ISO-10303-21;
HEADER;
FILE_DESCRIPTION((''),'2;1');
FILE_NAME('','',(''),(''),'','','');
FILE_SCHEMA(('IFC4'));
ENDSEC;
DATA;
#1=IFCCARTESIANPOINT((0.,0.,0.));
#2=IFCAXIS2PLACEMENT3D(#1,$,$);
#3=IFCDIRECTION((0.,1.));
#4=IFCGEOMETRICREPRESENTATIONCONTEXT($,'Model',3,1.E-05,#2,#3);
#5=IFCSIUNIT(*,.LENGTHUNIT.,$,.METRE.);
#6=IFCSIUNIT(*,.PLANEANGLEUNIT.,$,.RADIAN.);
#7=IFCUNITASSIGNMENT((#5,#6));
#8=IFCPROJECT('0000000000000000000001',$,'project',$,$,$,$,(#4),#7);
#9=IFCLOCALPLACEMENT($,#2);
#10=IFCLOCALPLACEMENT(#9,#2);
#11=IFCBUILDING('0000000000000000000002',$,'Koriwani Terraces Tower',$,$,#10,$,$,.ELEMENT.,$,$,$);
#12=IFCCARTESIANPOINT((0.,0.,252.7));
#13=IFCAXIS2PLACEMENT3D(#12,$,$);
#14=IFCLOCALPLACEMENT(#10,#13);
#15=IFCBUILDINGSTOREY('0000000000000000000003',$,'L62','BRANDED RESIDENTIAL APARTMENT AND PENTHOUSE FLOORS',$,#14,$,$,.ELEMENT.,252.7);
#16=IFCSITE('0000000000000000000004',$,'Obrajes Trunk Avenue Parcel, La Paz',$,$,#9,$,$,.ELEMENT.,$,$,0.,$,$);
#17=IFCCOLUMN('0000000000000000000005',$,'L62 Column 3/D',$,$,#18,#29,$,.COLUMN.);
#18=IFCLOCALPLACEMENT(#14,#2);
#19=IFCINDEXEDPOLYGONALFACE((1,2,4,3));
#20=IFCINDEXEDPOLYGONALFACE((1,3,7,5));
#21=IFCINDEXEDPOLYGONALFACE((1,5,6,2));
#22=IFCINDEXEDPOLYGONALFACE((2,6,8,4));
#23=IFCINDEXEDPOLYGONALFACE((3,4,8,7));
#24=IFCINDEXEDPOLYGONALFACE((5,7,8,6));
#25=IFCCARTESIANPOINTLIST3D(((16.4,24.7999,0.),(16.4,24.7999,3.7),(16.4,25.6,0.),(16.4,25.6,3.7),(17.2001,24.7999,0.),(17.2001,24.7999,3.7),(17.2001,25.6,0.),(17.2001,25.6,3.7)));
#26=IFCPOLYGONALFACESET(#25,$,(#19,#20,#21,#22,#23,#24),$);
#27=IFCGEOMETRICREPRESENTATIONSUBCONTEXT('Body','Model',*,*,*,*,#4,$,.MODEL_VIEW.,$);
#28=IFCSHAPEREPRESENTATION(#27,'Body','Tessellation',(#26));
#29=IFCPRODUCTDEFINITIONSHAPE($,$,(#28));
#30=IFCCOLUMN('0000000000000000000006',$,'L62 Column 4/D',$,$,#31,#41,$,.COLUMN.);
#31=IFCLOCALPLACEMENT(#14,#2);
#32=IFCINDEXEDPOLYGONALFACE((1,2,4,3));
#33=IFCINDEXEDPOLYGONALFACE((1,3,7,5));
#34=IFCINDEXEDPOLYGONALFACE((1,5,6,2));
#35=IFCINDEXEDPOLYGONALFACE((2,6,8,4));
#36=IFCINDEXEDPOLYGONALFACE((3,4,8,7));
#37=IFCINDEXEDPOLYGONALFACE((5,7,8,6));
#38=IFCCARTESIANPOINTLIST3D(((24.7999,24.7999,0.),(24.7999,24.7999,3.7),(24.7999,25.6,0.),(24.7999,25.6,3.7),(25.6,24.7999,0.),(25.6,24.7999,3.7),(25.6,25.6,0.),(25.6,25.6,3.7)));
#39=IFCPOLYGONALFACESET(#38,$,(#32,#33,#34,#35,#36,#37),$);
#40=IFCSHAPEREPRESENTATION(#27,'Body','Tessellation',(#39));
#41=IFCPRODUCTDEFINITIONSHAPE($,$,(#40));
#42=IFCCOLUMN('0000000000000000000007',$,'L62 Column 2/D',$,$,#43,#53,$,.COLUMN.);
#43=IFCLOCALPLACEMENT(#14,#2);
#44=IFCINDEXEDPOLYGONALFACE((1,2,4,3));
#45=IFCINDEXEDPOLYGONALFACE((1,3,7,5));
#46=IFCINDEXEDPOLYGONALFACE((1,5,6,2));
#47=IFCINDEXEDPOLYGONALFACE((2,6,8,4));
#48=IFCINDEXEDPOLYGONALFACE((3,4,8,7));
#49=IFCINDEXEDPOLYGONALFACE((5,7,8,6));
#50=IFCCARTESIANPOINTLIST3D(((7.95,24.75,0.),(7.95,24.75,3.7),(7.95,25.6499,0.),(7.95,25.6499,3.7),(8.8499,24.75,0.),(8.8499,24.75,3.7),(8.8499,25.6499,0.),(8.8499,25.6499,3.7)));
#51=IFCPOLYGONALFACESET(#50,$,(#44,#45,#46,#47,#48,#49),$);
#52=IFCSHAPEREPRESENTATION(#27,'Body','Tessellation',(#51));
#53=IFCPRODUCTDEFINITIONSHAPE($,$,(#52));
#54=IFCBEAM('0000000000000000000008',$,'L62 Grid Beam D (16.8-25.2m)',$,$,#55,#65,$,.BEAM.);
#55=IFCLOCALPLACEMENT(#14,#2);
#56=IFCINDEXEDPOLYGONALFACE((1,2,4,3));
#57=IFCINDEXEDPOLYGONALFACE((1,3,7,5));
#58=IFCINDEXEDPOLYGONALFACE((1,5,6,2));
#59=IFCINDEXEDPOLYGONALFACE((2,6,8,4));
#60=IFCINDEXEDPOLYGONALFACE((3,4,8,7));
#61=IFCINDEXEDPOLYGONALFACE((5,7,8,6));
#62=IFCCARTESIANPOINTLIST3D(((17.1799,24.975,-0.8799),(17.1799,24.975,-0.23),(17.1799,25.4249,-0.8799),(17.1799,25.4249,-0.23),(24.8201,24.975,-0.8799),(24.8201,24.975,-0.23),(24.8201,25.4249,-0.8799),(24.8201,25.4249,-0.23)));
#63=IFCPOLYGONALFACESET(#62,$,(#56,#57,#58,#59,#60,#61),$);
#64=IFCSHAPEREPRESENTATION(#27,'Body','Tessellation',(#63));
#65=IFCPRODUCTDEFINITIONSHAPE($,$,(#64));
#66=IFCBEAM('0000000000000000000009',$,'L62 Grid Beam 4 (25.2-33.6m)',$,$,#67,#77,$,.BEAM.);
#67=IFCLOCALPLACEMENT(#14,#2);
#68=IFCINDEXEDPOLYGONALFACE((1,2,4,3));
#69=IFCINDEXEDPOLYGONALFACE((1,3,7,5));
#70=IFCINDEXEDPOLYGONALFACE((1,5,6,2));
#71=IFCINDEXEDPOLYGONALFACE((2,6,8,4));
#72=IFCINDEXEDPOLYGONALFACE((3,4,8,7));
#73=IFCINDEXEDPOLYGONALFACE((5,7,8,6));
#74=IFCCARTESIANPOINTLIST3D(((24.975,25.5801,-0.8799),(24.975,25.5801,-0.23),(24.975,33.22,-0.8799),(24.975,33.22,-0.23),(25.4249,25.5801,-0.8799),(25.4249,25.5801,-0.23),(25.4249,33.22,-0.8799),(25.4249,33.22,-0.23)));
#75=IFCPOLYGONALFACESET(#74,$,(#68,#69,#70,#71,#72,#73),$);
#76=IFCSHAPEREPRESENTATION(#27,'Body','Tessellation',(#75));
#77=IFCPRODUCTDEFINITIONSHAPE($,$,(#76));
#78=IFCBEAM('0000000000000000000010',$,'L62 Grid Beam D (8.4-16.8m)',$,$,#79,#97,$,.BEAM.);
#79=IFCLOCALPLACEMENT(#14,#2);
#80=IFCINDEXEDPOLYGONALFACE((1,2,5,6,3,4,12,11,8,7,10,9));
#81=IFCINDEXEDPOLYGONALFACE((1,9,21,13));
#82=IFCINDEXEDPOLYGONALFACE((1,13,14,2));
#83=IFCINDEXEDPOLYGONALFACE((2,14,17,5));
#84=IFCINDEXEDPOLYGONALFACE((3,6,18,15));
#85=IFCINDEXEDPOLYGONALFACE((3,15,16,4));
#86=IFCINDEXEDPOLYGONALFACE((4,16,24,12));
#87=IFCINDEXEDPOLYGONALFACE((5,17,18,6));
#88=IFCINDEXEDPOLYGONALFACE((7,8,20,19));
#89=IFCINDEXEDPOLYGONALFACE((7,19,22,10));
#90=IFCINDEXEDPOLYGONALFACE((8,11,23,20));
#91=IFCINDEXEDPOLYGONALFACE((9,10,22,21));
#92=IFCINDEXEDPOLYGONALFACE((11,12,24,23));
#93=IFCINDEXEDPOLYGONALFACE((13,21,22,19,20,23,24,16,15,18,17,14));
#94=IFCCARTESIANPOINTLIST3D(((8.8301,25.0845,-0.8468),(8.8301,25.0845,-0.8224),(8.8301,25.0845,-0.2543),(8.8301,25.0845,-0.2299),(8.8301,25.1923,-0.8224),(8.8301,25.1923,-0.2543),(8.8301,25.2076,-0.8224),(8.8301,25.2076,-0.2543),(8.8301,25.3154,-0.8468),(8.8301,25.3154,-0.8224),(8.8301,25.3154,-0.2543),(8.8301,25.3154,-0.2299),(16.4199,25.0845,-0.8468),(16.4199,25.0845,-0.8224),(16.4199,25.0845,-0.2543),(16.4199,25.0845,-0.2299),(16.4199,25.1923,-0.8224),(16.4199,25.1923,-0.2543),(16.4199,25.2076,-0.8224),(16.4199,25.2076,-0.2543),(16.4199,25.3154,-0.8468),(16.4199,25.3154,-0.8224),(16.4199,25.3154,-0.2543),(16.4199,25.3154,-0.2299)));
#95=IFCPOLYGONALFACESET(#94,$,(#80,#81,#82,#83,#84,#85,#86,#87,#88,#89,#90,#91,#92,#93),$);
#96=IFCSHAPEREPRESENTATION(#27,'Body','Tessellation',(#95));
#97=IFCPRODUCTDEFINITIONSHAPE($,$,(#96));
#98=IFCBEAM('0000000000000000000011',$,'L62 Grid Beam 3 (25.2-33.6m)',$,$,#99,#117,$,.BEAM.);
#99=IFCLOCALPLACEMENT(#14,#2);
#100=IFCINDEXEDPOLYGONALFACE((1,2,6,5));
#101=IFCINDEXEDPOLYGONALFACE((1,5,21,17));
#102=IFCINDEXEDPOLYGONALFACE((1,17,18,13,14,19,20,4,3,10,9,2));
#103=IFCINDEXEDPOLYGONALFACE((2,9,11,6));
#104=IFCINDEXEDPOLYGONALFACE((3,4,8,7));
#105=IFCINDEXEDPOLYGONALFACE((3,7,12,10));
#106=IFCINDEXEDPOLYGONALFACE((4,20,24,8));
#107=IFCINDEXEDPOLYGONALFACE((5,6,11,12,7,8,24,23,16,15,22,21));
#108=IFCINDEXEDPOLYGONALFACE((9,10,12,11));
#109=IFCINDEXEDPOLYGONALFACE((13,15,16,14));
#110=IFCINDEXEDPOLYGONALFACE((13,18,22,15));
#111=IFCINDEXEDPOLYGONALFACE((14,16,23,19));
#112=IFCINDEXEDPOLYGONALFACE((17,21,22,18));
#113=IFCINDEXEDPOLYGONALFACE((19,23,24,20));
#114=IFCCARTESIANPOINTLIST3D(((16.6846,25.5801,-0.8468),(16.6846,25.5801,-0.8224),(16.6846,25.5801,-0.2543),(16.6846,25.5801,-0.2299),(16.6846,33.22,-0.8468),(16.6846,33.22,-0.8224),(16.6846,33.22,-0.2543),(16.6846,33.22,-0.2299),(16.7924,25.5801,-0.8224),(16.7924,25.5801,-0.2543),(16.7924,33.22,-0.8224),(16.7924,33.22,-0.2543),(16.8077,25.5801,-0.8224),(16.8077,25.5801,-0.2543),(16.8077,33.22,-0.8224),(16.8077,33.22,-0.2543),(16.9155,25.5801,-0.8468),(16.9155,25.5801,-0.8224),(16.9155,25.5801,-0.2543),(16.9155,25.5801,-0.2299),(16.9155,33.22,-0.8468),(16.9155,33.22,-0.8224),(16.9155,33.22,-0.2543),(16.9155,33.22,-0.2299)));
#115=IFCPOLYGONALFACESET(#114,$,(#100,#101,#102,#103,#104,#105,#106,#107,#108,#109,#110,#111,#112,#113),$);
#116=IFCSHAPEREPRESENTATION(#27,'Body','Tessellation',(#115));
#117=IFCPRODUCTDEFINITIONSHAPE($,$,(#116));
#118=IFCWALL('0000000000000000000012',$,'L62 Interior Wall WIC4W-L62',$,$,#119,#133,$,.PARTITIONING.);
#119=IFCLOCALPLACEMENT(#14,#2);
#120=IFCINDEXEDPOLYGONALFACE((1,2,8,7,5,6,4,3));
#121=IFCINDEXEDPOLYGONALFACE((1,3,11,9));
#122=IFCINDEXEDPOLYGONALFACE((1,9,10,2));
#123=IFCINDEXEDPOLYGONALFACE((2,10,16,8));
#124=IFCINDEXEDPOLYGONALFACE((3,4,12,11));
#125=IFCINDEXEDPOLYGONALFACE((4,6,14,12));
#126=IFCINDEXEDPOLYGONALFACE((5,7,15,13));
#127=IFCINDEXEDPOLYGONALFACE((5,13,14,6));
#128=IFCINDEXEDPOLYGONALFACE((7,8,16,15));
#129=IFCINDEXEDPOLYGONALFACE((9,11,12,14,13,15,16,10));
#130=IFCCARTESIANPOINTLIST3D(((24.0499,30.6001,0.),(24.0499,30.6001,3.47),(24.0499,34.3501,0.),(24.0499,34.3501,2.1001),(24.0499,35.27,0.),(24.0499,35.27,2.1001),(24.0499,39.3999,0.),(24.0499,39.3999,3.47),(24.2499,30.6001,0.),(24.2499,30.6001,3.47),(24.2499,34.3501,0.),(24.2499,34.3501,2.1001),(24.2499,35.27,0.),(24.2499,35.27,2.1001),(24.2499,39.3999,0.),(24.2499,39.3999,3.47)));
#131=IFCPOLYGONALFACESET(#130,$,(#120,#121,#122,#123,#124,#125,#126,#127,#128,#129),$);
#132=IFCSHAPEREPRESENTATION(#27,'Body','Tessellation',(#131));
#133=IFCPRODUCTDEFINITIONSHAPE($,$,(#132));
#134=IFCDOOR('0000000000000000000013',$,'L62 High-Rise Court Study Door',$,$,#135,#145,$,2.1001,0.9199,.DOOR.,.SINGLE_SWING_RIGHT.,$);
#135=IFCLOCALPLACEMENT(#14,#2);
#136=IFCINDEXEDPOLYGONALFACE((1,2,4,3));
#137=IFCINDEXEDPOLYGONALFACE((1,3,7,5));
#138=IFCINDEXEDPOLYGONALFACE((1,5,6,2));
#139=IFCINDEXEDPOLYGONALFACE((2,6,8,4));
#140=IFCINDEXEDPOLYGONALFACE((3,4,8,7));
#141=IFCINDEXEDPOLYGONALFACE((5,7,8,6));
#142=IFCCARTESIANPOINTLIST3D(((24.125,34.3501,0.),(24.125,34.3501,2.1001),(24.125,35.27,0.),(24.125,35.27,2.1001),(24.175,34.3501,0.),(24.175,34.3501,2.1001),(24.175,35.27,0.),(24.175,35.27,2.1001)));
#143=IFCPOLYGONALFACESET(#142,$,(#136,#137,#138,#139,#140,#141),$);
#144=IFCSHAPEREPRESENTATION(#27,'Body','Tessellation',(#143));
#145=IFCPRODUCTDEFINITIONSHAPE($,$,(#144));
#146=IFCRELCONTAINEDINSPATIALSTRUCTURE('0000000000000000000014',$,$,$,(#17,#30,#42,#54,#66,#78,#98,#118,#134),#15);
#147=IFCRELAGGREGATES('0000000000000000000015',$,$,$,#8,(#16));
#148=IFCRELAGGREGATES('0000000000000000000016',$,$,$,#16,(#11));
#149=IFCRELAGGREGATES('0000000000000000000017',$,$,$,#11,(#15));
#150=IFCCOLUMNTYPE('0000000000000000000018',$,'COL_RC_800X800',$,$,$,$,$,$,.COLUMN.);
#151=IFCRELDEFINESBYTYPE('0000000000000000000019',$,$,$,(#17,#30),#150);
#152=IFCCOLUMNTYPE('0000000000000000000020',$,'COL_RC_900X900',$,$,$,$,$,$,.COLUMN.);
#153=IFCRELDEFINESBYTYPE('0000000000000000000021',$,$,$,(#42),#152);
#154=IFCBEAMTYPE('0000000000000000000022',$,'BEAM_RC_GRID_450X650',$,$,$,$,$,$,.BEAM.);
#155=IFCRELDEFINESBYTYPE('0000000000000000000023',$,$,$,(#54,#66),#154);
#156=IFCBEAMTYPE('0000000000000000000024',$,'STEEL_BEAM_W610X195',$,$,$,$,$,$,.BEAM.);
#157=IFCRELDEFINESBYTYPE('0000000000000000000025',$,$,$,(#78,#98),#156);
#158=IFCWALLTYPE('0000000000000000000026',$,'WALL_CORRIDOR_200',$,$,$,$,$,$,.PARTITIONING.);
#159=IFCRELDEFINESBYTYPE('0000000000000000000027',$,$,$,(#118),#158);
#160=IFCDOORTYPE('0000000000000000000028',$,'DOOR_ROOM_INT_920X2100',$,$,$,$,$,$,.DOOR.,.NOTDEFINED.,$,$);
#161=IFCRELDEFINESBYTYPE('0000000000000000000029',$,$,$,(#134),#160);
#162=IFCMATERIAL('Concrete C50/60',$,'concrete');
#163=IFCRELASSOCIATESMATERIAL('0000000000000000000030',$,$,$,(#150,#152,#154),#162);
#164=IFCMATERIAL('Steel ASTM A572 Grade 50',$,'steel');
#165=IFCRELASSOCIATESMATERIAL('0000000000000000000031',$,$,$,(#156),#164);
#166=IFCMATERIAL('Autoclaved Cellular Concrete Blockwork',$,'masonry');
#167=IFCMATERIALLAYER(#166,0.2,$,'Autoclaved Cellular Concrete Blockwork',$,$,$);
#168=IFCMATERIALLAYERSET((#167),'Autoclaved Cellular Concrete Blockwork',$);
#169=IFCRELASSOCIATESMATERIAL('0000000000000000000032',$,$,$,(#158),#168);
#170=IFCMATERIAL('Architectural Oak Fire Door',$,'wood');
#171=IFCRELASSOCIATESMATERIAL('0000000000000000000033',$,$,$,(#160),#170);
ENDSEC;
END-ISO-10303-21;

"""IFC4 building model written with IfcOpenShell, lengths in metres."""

from ifc_helpers import new_model, si_unit, direction, frame, frame_2d, origin, origin_2d, place, context, subcontext, project, spatial, rectangle, i_section, extrude, material, layer, layer_set, material_profile, profile_set, type_object, element, fill, save


model = new_model("IFC4")

# Units and contexts
model_context = context("Model", 3, precision=1e-05, world=origin(), true_north=direction((0.0, 1.0)))
body_context = subcontext(model_context, "Body", "Model", "MODEL_VIEW")
ifc_project = project(units=[si_unit("LENGTHUNIT", "METRE"), si_unit("PLANEANGLEUNIT", "RADIAN")], contexts=[model_context])

# Site, building, storey
site_placement = place(None, origin())
site = spatial("IfcSite", under=ifc_project, at=site_placement, Name="Obrajes Trunk Avenue Parcel, La Paz", CompositionType="ELEMENT", RefElevation=0.0)
building_placement = place(site_placement, origin())
building = spatial("IfcBuilding", under=site, at=building_placement, Name="Koriwani Terraces Tower", CompositionType="ELEMENT")
storey_placement = place(building_placement, frame((0.0, 0.0, 252.7)))
storey = spatial("IfcBuildingStorey", under=building, at=storey_placement, Name="L62", Description="BRANDED RESIDENTIAL APARTMENT AND PENTHOUSE FLOORS", CompositionType="ELEMENT", Elevation=252.7)

# Columns
ifc_material_1 = material(Name="Concrete C50/60", Category="concrete")
ifc_material_profile_1 = material_profile(ifc_material_1, rectangle(XDim=0.8, YDim=0.8, at=origin_2d()), Name="Concrete C50/60", Category="LoadBearing")
ifc_profile_set_1 = profile_set([ifc_material_profile_1], Name="Concrete C50/60")
column_type_1 = type_object("IfcColumnType", Name="COL_RC_800X800", PredefinedType="COLUMN", material=ifc_profile_set_1)
for number, where, z_axis, x_axis, name in (
    (1, (16.8, 25.2, 0.0), (0.0, 0.0, 1.0), (1.0, 0.0, 0.0), "L62 Column 3/D"),
    (2, (25.2, 25.2, 0.0), (0.0, 0.0, 1.0), (1.0, 0.0, 0.0), "L62 Column 4/D"),
):
    element("IfcColumn", number, at=place(storey_placement, frame(where, z_axis=z_axis, x_axis=x_axis)), inside=storey, type_object=column_type_1, Name=name, PredefinedType="COLUMN", context=body_context, shape_type="SweptSolid", body=[
        extrude(rectangle(XDim=0.8, YDim=0.8, at=origin_2d()), origin(), (0.0, 0.0, 1.0), 3.7),
    ])
ifc_material_profile_2 = material_profile(ifc_material_1, rectangle(XDim=0.8999, YDim=0.8999, at=origin_2d()), Name="Concrete C50/60", Category="LoadBearing")
ifc_profile_set_2 = profile_set([ifc_material_profile_2], Name="Concrete C50/60")
column_type_2 = type_object("IfcColumnType", Name="COL_RC_900X900", PredefinedType="COLUMN", material=ifc_profile_set_2)
column_placement = place(storey_placement, frame((8.3999, 25.2, 0.0), z_axis=(0.0, 0.0, 1.0), x_axis=(1.0, 0.0, 0.0)))
element("IfcColumn", 3, at=column_placement, inside=storey, type_object=column_type_2, Name="L62 Column 2/D", PredefinedType="COLUMN", context=body_context, shape_type="SweptSolid", body=[
    extrude(rectangle(XDim=0.8999, YDim=0.8999, at=origin_2d()), origin(), (0.0, 0.0, 1.0), 3.7),
])

# Beams
ifc_material_profile_3 = material_profile(ifc_material_1, rectangle(XDim=0.45, YDim=0.6499, at=origin_2d()), Name="Concrete C50/60", Category="LoadBearing")
ifc_profile_set_3 = profile_set([ifc_material_profile_3], Name="Concrete C50/60")
beam_type_1 = type_object("IfcBeamType", Name="BEAM_RC_GRID_450X650", PredefinedType="BEAM", material=ifc_profile_set_3)
beam_1_placement = place(storey_placement, frame((17.1799, 25.2, -0.5549), z_axis=(1.0, 0.0, 0.0), x_axis=(0.0, 1.0, 0.0)))
element("IfcBeam", 4, at=beam_1_placement, inside=storey, type_object=beam_type_1, Name="L62 Grid Beam D (16.8-25.2m)", PredefinedType="BEAM", context=body_context, shape_type="SweptSolid", body=[
    extrude(rectangle(XDim=0.45, YDim=0.6499, at=origin_2d()), origin(), (0.0, 0.0, 1.0), 7.6401),
])
beam_2_placement = place(storey_placement, frame((25.2, 25.5801, -0.5549), z_axis=(0.0, 1.0, 0.0), x_axis=(-1.0, 0.0, 0.0)))
element("IfcBeam", 5, at=beam_2_placement, inside=storey, type_object=beam_type_1, Name="L62 Grid Beam 4 (25.2-33.6m)", PredefinedType="BEAM", context=body_context, shape_type="SweptSolid", body=[
    extrude(rectangle(XDim=0.45, YDim=0.6499, at=origin_2d()), origin(), (0.0, 0.0, 1.0), 7.6399),
])
ifc_material_2 = material(Name="Steel ASTM A572 Grade 50", Category="steel")
ifc_material_profile_4 = material_profile(ifc_material_2, i_section(OverallWidth=0.231, OverallDepth=0.6169, WebThickness=0.0154, FlangeThickness=0.0244, at=origin_2d()), Name="Steel ASTM A572 Grade 50", Category="LoadBearing")
ifc_profile_set_4 = profile_set([ifc_material_profile_4], Name="Steel ASTM A572 Grade 50")
beam_type_2 = type_object("IfcBeamType", Name="STEEL_BEAM_W610X195", PredefinedType="BEAM", material=ifc_profile_set_4)
beam_3_placement = place(storey_placement, frame((8.8301, 25.2, -0.5383), z_axis=(1.0, 0.0, 0.0), x_axis=(0.0, 1.0, 0.0)))
element("IfcBeam", 6, at=beam_3_placement, inside=storey, type_object=beam_type_2, Name="L62 Grid Beam D (8.4-16.8m)", PredefinedType="BEAM", context=body_context, shape_type="SweptSolid", body=[
    extrude(i_section(OverallWidth=0.231, OverallDepth=0.6169, WebThickness=0.0154, FlangeThickness=0.0244, at=origin_2d()), origin(), (0.0, 0.0, 1.0), 7.5898),
])
beam_4_placement = place(storey_placement, frame((16.8, 25.5801, -0.5383), z_axis=(0.0, 1.0, 0.0), x_axis=(-1.0, 0.0, 0.0)))
element("IfcBeam", 7, at=beam_4_placement, inside=storey, type_object=beam_type_2, Name="L62 Grid Beam 3 (25.2-33.6m)", PredefinedType="BEAM", context=body_context, shape_type="SweptSolid", body=[
    extrude(i_section(OverallWidth=0.231, OverallDepth=0.6169, WebThickness=0.0154, FlangeThickness=0.0244, at=origin_2d()), origin(), (0.0, 0.0, 1.0), 7.6399),
])

# Wall, opening, door
ifc_material_3 = material(Name="Autoclaved Cellular Concrete Blockwork", Category="masonry")
ifc_layer_1 = layer(ifc_material_3, 0.2, Name="Autoclaved Cellular Concrete Blockwork")
ifc_layer_set_1 = layer_set([ifc_layer_1], Name="Autoclaved Cellular Concrete Blockwork")
wall_type_1 = type_object("IfcWallType", Name="WALL_CORRIDOR_200", PredefinedType="PARTITIONING", material=ifc_layer_set_1)
wall_1_placement = place(storey_placement, frame((24.1499, 30.6001, 0.0), z_axis=(0.0, 0.0, 1.0), x_axis=(0.0, 1.0, 0.0)))
wall_1 = element("IfcWall", 8, at=wall_1_placement, inside=storey, type_object=wall_type_1, Name="L62 Interior Wall WIC4W-L62", PredefinedType="PARTITIONING", context=body_context, shape_type="SweptSolid", body=[
    extrude(rectangle(XDim=8.7998, YDim=0.2, at=frame_2d((4.3999, 0.0))), origin(), (0.0, 0.0, 1.0), 3.47),
])
opening_1_placement = place(wall_1_placement, frame((3.75, 0.0, 0.0)))
opening_1 = element("IfcOpeningElement", 9, at=opening_1_placement, cuts=wall_1, PredefinedType="OPENING", context=body_context, shape_type="SweptSolid", body=[
    extrude(rectangle(XDim=0.9199, YDim=2.1001, at=frame_2d((0.46, 1.05))), frame((0.0, 0.1099, 0.0), z_axis=(0.0, -1.0, 0.0), x_axis=(1.0, 0.0, 0.0)), (0.0, 0.0, 1.0), 0.22),
])
ifc_material_4 = material(Name="Architectural Oak Fire Door", Category="wood")
door_type_1 = type_object("IfcDoorType", Name="DOOR_ROOM_INT_920X2100", OperationType="NOTDEFINED", PredefinedType="DOOR", material=ifc_material_4)
door_1_placement = place(opening_1_placement, origin())
door_1 = element("IfcDoor", 10, at=door_1_placement, inside=storey, type_object=door_type_1, Name="L62 High-Rise Court Study Door", OperationType="SINGLE_SWING_RIGHT", OverallHeight=2.1001, OverallWidth=0.9199, PredefinedType="DOOR", context=body_context, shape_type="SweptSolid", body=[
    extrude(rectangle(XDim=0.9199, YDim=2.1001, at=frame_2d((0.46, 1.05))), frame((0.0, 0.0249, 0.0), z_axis=(0.0, -1.0, 0.0), x_axis=(1.0, 0.0, 0.0)), (0.0, 0.0, 1.0), 0.05),
])
fill(opening_1, door_1)

save(model, "model.ifc")
